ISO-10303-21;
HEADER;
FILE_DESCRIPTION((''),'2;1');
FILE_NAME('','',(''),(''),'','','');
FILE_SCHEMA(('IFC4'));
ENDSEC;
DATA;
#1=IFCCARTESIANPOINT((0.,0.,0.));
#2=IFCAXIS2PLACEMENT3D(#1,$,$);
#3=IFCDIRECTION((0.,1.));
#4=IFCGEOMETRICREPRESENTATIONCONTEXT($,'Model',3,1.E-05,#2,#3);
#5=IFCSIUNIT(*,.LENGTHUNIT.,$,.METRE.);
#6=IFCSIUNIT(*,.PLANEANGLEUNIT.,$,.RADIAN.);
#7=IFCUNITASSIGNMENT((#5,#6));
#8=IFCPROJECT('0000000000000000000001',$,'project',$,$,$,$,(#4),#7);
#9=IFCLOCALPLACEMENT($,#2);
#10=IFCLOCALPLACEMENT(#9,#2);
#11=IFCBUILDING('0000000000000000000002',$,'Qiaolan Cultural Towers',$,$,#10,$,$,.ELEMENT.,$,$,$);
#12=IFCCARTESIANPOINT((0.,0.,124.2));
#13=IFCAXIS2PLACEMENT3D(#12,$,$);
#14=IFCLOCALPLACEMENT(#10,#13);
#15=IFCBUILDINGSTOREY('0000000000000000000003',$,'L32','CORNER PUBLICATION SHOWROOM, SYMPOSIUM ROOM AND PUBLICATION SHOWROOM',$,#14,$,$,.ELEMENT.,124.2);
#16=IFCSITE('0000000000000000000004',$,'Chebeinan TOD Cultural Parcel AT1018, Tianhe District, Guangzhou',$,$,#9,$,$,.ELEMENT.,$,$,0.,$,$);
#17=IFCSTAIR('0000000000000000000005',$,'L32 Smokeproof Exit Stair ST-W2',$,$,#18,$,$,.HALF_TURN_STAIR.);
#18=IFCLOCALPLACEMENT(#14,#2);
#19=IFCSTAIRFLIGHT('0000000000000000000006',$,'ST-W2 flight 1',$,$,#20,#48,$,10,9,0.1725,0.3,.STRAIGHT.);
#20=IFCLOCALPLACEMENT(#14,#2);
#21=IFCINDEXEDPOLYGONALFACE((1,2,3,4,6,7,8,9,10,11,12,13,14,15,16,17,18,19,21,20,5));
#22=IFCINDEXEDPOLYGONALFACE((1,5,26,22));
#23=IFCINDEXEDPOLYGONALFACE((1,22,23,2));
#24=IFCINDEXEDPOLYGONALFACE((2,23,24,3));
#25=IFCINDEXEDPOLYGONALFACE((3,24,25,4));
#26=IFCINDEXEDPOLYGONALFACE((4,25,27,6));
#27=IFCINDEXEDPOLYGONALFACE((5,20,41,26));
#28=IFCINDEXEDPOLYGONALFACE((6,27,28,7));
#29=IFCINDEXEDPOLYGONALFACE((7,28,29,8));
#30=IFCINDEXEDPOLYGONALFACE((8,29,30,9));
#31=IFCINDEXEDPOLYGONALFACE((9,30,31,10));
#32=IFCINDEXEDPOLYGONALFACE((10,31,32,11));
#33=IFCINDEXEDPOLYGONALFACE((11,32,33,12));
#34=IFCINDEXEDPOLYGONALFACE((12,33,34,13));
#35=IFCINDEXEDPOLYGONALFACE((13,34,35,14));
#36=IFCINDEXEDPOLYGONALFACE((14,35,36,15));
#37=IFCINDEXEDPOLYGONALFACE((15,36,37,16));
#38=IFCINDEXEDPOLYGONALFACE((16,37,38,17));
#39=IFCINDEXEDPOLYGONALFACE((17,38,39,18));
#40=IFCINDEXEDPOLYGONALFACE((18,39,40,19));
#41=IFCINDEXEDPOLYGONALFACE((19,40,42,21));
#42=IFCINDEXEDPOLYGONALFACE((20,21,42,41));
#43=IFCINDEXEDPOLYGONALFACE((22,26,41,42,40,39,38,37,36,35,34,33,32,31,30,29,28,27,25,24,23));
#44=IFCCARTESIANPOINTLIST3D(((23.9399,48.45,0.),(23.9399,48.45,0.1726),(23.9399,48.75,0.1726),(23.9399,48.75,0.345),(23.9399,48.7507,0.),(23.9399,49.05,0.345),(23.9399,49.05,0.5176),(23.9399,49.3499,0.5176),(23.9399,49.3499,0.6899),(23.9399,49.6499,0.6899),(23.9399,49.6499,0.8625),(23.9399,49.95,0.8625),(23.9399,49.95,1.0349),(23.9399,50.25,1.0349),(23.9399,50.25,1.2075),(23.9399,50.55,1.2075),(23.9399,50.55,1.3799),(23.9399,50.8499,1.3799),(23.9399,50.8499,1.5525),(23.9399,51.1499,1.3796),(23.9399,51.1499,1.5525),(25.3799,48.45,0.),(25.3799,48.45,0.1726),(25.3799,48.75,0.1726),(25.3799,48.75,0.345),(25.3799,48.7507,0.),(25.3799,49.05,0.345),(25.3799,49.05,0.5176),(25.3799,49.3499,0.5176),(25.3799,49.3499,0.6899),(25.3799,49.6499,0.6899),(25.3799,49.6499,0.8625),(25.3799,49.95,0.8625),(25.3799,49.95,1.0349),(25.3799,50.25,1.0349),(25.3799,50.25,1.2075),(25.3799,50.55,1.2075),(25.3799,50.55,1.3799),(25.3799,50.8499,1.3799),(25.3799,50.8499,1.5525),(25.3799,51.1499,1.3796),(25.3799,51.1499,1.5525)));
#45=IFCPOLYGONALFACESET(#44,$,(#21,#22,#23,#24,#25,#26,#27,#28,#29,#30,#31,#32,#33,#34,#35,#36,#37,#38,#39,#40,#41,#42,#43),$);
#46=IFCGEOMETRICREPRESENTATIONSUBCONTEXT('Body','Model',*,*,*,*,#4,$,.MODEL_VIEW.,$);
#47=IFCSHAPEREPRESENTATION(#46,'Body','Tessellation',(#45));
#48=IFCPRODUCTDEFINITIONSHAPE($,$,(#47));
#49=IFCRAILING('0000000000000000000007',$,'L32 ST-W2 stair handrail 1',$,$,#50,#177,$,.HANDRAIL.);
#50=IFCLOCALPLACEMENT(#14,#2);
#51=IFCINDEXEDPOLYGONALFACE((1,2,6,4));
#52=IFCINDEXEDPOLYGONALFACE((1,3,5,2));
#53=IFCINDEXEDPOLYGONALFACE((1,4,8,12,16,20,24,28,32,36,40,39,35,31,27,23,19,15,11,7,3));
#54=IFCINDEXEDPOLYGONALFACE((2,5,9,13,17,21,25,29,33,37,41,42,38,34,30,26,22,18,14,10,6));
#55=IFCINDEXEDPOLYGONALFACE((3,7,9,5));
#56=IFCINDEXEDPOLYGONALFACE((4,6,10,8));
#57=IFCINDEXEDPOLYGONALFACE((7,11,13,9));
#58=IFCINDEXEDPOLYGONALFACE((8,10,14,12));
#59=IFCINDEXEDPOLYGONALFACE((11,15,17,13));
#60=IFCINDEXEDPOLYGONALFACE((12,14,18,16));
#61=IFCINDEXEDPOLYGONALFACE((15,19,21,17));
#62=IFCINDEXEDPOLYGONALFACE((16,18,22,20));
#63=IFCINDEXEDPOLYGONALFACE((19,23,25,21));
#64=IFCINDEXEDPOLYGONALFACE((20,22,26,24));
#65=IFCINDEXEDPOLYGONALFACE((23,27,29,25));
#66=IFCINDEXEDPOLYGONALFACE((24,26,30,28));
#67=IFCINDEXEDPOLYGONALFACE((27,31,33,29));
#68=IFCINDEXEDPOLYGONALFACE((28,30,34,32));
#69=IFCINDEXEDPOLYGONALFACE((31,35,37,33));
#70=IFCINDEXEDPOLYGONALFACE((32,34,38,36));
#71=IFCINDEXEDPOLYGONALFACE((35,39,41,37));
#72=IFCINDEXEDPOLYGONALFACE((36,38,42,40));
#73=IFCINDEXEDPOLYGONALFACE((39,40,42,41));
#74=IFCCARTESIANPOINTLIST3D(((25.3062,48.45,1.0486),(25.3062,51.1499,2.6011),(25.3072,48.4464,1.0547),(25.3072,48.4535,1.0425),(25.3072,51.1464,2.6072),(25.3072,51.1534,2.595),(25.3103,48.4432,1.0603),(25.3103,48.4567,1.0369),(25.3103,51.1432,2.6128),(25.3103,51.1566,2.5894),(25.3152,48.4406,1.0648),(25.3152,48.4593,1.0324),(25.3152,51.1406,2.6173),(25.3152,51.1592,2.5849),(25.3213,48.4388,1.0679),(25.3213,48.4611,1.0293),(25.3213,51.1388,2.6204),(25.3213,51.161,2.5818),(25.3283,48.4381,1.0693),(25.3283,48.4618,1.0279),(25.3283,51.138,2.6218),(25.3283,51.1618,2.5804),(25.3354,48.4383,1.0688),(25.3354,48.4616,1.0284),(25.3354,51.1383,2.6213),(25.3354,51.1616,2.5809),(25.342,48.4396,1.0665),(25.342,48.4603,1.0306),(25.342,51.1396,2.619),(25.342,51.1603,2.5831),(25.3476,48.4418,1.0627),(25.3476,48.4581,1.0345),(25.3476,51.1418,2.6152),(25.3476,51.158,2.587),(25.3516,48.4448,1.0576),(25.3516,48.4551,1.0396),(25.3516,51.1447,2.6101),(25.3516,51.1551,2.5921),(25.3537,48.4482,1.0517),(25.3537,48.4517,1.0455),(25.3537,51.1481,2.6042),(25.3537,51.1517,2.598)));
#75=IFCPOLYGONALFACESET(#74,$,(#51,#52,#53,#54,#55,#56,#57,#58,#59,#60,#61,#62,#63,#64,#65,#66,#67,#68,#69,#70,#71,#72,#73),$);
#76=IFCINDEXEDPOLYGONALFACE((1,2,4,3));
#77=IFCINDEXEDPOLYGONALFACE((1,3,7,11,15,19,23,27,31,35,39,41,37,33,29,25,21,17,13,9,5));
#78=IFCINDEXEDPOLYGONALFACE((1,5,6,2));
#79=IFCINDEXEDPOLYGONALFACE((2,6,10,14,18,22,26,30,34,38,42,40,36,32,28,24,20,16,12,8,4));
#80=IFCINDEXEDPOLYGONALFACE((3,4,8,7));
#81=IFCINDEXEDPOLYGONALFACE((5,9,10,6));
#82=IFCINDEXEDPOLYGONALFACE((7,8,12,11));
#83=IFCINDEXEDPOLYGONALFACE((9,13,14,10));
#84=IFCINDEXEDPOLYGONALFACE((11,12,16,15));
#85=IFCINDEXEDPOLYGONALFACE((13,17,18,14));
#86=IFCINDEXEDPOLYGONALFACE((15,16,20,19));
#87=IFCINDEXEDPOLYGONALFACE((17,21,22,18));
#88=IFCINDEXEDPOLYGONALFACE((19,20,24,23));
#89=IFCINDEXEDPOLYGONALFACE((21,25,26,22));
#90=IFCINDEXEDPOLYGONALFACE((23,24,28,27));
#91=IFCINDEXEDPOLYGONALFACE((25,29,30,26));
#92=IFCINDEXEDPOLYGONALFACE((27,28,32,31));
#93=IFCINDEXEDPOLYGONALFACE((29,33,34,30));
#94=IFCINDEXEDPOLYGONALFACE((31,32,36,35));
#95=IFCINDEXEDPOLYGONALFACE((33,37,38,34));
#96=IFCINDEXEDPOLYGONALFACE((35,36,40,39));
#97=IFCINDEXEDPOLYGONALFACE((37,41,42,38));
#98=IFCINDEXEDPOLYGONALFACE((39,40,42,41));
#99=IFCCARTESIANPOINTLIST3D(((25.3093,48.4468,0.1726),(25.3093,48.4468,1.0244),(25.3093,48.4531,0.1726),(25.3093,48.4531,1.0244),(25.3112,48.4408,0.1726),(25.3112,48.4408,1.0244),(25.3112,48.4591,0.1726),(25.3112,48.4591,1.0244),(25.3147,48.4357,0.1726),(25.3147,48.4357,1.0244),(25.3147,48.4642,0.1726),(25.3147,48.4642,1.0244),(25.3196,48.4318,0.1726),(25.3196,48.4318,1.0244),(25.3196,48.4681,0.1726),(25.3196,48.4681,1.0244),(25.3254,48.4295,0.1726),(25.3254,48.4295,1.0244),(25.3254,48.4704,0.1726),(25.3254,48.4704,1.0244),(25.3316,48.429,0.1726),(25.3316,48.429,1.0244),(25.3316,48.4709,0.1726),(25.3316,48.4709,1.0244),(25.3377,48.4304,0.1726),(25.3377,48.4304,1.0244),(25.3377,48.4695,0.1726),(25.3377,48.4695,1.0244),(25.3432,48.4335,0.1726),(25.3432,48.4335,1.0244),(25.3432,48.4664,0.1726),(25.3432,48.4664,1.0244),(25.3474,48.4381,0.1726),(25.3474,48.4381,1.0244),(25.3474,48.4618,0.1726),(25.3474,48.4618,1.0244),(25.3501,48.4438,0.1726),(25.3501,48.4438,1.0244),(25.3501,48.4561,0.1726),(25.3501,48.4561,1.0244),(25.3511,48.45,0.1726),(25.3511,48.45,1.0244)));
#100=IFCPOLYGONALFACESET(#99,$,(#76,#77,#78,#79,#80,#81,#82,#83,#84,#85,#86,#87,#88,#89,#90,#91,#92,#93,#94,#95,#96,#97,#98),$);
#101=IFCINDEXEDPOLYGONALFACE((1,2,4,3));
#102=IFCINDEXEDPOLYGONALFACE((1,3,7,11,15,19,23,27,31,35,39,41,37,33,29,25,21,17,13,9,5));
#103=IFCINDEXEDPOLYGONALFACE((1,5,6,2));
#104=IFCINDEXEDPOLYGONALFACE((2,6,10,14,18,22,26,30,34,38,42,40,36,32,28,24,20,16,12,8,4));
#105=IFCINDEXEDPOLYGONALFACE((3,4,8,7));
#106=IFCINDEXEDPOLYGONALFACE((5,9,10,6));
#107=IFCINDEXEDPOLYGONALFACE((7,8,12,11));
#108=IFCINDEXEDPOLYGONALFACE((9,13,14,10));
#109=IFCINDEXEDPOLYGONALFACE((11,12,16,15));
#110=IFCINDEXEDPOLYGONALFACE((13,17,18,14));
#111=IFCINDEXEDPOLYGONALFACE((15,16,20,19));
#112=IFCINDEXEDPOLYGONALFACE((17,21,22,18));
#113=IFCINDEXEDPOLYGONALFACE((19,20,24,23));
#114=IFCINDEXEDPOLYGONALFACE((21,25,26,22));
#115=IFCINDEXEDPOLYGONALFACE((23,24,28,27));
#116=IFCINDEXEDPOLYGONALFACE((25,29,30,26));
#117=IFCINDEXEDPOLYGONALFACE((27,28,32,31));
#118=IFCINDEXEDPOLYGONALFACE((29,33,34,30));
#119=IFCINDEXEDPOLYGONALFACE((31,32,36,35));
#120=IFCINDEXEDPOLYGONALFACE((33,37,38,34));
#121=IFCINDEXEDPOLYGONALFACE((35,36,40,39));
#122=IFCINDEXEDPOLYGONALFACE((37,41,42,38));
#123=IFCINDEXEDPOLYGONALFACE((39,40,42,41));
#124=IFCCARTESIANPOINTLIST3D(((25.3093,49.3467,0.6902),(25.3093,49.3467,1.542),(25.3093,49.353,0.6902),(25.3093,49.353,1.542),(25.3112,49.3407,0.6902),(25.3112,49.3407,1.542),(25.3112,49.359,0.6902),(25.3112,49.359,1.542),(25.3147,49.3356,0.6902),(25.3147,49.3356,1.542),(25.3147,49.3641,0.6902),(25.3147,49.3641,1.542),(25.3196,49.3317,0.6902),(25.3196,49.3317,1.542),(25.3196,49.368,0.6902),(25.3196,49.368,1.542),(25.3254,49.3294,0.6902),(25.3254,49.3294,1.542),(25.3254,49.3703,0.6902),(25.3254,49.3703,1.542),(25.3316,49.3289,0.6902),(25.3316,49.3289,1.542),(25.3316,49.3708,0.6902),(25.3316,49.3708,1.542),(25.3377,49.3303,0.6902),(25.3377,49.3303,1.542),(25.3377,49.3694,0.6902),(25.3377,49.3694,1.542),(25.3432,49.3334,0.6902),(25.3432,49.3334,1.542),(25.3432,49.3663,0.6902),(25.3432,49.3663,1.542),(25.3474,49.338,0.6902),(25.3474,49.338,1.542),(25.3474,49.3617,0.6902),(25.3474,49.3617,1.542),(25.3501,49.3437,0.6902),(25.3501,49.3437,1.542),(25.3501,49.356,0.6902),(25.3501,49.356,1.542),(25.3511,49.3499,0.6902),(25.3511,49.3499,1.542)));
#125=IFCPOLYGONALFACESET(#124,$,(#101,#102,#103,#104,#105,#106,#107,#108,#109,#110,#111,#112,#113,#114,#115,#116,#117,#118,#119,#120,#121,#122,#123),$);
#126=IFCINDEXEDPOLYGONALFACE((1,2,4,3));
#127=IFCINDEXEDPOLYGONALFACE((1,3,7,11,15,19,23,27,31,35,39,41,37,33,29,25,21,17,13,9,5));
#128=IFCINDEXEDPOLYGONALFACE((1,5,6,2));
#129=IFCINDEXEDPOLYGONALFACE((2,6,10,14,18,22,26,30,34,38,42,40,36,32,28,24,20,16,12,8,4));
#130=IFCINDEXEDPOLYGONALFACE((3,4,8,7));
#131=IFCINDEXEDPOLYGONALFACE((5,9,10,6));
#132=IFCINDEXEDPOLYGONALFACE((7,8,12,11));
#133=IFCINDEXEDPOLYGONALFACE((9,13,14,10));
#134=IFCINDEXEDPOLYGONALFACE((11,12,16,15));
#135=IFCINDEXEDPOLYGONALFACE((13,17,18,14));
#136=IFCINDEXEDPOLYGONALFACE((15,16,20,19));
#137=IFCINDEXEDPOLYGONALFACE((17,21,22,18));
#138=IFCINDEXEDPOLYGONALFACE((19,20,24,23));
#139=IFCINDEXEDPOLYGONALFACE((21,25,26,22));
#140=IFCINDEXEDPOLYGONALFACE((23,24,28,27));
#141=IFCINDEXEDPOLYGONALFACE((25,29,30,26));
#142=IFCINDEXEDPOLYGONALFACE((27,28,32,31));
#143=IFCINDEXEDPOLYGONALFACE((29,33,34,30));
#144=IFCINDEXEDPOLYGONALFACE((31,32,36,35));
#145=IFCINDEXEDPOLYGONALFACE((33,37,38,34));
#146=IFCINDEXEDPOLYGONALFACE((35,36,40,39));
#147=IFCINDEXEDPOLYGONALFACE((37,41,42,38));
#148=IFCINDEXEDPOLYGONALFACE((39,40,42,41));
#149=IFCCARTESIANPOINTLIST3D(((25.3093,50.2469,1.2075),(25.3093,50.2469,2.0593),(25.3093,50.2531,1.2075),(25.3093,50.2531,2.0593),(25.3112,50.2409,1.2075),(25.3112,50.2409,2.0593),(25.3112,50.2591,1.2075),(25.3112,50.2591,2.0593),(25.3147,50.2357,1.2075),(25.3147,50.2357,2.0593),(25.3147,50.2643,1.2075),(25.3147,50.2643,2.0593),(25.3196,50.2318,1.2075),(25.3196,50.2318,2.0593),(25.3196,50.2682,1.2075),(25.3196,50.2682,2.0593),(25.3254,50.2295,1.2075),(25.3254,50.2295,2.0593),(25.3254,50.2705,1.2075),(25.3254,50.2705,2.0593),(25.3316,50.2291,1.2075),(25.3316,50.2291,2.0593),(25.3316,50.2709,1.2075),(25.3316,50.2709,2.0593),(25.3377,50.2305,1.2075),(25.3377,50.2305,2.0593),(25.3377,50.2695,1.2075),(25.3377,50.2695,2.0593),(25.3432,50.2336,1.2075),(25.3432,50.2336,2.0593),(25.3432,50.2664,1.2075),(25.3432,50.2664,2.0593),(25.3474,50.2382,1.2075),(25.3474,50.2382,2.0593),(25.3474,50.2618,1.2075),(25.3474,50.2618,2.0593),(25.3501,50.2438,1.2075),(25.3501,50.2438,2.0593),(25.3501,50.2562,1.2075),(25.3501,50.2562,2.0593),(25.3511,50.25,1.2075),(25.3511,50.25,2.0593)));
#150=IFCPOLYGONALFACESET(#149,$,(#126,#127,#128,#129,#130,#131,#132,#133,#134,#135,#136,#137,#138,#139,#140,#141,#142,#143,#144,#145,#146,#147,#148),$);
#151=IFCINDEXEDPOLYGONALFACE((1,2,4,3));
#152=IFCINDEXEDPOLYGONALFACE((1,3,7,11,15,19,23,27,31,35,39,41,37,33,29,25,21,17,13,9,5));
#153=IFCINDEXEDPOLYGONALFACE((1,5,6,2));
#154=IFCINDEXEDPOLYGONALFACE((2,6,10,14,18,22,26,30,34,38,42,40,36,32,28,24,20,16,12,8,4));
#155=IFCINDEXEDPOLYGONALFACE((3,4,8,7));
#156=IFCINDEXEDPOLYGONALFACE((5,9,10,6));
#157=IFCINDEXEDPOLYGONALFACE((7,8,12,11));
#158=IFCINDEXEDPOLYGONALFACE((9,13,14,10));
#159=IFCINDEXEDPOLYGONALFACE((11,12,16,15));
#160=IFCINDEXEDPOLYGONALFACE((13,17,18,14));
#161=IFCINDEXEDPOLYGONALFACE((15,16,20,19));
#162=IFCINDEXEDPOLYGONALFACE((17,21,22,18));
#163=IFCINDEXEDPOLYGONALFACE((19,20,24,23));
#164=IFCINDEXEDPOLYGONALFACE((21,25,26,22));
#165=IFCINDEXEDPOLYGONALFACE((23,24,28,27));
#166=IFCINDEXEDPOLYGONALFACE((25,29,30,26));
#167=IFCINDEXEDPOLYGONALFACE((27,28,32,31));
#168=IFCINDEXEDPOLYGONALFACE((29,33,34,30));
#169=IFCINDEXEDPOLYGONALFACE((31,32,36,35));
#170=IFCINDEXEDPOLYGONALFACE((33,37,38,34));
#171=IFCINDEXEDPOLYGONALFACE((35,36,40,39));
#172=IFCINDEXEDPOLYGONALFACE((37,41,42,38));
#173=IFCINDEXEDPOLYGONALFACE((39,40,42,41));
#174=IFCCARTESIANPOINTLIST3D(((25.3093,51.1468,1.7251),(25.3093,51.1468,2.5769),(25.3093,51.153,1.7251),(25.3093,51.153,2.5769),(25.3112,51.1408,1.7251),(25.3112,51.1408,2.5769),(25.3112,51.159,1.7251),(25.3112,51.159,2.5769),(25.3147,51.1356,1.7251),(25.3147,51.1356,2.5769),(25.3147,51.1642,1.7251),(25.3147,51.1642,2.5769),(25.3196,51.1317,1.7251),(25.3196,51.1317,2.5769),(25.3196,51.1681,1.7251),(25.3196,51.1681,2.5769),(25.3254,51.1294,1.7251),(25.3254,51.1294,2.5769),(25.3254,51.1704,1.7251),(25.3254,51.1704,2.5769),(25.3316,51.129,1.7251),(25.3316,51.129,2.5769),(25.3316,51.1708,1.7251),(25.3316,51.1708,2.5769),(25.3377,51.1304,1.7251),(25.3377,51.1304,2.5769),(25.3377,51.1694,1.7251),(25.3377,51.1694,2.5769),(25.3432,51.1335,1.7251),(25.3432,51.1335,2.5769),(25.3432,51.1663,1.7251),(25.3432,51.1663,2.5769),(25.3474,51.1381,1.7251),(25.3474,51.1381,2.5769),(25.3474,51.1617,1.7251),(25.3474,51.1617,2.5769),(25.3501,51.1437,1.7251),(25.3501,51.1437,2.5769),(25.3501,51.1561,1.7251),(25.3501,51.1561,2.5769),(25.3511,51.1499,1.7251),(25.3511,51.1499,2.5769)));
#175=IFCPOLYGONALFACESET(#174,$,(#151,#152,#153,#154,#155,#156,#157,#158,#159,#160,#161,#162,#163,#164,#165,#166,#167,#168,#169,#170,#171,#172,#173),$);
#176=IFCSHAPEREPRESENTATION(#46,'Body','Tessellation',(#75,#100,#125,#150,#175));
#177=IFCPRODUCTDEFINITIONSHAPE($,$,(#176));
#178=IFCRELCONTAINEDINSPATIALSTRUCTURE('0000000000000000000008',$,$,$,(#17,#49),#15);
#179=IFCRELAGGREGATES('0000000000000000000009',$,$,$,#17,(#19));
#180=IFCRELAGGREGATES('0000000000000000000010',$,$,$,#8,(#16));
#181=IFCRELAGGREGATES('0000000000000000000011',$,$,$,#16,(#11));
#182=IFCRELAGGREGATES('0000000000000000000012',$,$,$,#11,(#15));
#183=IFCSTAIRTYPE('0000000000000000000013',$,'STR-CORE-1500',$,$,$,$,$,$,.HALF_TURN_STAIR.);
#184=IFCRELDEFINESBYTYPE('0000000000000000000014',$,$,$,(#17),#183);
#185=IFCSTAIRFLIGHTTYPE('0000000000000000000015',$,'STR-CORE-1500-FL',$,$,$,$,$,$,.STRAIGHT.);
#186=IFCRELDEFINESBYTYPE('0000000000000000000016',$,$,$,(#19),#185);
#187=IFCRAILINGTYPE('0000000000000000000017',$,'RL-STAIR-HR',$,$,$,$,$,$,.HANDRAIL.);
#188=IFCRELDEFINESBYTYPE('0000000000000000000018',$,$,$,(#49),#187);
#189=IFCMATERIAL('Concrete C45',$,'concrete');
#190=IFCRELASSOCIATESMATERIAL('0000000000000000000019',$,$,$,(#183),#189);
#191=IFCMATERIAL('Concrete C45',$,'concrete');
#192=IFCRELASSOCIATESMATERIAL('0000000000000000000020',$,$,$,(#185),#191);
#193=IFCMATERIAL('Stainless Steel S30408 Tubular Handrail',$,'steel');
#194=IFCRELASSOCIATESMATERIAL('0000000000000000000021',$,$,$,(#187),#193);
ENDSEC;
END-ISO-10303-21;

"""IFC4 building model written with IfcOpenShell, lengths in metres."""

from ifc_helpers import new_model, si_unit, direction, frame, origin, origin_2d, place, context, subcontext, project, spatial, polyline, circle, outline, extrude, material, type_object, element, aggregate, save


model = new_model("IFC4")

# Units and contexts
model_context = context("Model", 3, precision=1e-05, world=origin(), true_north=direction((0.0, 1.0)))
body_context = subcontext(model_context, "Body", "Model", "MODEL_VIEW")
ifc_project = project(units=[si_unit("LENGTHUNIT", "METRE"), si_unit("PLANEANGLEUNIT", "RADIAN")], contexts=[model_context])

# Site, building, storey
site_placement = place(None, origin())
site = spatial("IfcSite", under=ifc_project, at=site_placement, Name="Chebeinan TOD Cultural Parcel AT1018, Tianhe District, Guangzhou", CompositionType="ELEMENT", RefElevation=0.0)
building_placement = place(site_placement, origin())
building = spatial("IfcBuilding", under=site, at=building_placement, Name="Qiaolan Cultural Towers", CompositionType="ELEMENT")
storey_placement = place(building_placement, frame((0.0, 0.0, 124.2)))
storey = spatial("IfcBuildingStorey", under=building, at=storey_placement, Name="L32", Description="CORNER PUBLICATION SHOWROOM, SYMPOSIUM ROOM AND PUBLICATION SHOWROOM", CompositionType="ELEMENT", Elevation=124.2)

# Stair, stair flight
ifc_material_1 = material(Name="Concrete C45", Category="concrete")
stair_type = type_object("IfcStairType", Name="STR-CORE-1500", PredefinedType="HALF_TURN_STAIR", material=ifc_material_1)
stair_placement = place(storey_placement, origin())
stair = element("IfcStair", 1, at=stair_placement, inside=storey, type_object=stair_type, Name="L32 Smokeproof Exit Stair ST-W2", PredefinedType="HALF_TURN_STAIR")
ifc_material_2 = material(Name="Concrete C45", Category="concrete")
stair_flight_type = type_object("IfcStairFlightType", Name="STR-CORE-1500-FL", PredefinedType="STRAIGHT", material=ifc_material_2)
stair_flight_placement = place(storey_placement, frame((24.6599, 48.45, 0.0), z_axis=(0.0, 0.0, 1.0), x_axis=(0.0, 1.0, 0.0)))
stair_flight = element("IfcStairFlight", 2, at=stair_flight_placement, type_object=stair_flight_type, Name="ST-W2 flight 1", NumberOfRisers=10, NumberOfTreads=9, PredefinedType="STRAIGHT", RiserHeight=0.1725, TreadLength=0.3, context=body_context, shape_type="SweptSolid", body=[
    extrude(outline(polyline([(0.0, 0.0), (0.0, 0.1726), (0.3, 0.1726), (0.3, 0.345), (0.6001, 0.345), (0.6001, 0.5176), (0.8999, 0.5176), (0.8999, 0.6899), (1.2, 0.6899), (1.2, 0.8625), (1.5, 0.8625), (1.5, 1.0349), (1.8, 1.0349), (1.8, 1.2075), (2.1001, 1.2075), (2.1001, 1.3799), (2.3999, 1.3799), (2.3999, 1.5525), (2.7, 1.5525), (2.7, 1.7251), (2.7, 1.3796), (0.3008, 0.0), (0.0, 0.0)])), frame((0.0, 0.72, 0.0), z_axis=(0.0, -1.0, 0.0), x_axis=(1.0, 0.0, 0.0)), (0.0, 0.0, 1.0), 1.4399),
])
aggregate(stair, [stair_flight])

# Railing
ifc_material_3 = material(Name="Stainless Steel S30408 Tubular Handrail", Category="steel")
railing_type = type_object("IfcRailingType", Name="RL-STAIR-HR", PredefinedType="HANDRAIL", material=ifc_material_3)
railing_placement = place(storey_placement, frame((25.3301, 48.45, 0.1726)))
element("IfcRailing", 3, at=railing_placement, inside=storey, type_object=railing_type, Name="L32 ST-W2 stair handrail 1", PredefinedType="HANDRAIL", context=body_context, shape_type="SweptSolid", body=[
    extrude(circle(Radius=0.0239, at=origin_2d()), frame((0.0, 0.0, 0.876), z_axis=(0.0, 0.866904, 0.498476), x_axis=(-1.0, 0.0, 0.0)), (0.0, 0.0, 1.0), 3.1145),
    extrude(circle(Radius=0.021, at=origin_2d()), origin(), (0.0, 0.0, 1.0), 0.8518),
    extrude(circle(Radius=0.021, at=origin_2d()), frame((0.0, 0.8999, 0.5176)), (0.0, 0.0, 1.0), 0.8518),
    extrude(circle(Radius=0.021, at=origin_2d()), frame((0.0, 1.8, 1.0349)), (0.0, 0.0, 1.0), 0.8518),
    extrude(circle(Radius=0.021, at=origin_2d()), frame((0.0, 2.7, 1.5525)), (0.0, 0.0, 1.0), 0.8518),
])

save(model, "model.ifc")
